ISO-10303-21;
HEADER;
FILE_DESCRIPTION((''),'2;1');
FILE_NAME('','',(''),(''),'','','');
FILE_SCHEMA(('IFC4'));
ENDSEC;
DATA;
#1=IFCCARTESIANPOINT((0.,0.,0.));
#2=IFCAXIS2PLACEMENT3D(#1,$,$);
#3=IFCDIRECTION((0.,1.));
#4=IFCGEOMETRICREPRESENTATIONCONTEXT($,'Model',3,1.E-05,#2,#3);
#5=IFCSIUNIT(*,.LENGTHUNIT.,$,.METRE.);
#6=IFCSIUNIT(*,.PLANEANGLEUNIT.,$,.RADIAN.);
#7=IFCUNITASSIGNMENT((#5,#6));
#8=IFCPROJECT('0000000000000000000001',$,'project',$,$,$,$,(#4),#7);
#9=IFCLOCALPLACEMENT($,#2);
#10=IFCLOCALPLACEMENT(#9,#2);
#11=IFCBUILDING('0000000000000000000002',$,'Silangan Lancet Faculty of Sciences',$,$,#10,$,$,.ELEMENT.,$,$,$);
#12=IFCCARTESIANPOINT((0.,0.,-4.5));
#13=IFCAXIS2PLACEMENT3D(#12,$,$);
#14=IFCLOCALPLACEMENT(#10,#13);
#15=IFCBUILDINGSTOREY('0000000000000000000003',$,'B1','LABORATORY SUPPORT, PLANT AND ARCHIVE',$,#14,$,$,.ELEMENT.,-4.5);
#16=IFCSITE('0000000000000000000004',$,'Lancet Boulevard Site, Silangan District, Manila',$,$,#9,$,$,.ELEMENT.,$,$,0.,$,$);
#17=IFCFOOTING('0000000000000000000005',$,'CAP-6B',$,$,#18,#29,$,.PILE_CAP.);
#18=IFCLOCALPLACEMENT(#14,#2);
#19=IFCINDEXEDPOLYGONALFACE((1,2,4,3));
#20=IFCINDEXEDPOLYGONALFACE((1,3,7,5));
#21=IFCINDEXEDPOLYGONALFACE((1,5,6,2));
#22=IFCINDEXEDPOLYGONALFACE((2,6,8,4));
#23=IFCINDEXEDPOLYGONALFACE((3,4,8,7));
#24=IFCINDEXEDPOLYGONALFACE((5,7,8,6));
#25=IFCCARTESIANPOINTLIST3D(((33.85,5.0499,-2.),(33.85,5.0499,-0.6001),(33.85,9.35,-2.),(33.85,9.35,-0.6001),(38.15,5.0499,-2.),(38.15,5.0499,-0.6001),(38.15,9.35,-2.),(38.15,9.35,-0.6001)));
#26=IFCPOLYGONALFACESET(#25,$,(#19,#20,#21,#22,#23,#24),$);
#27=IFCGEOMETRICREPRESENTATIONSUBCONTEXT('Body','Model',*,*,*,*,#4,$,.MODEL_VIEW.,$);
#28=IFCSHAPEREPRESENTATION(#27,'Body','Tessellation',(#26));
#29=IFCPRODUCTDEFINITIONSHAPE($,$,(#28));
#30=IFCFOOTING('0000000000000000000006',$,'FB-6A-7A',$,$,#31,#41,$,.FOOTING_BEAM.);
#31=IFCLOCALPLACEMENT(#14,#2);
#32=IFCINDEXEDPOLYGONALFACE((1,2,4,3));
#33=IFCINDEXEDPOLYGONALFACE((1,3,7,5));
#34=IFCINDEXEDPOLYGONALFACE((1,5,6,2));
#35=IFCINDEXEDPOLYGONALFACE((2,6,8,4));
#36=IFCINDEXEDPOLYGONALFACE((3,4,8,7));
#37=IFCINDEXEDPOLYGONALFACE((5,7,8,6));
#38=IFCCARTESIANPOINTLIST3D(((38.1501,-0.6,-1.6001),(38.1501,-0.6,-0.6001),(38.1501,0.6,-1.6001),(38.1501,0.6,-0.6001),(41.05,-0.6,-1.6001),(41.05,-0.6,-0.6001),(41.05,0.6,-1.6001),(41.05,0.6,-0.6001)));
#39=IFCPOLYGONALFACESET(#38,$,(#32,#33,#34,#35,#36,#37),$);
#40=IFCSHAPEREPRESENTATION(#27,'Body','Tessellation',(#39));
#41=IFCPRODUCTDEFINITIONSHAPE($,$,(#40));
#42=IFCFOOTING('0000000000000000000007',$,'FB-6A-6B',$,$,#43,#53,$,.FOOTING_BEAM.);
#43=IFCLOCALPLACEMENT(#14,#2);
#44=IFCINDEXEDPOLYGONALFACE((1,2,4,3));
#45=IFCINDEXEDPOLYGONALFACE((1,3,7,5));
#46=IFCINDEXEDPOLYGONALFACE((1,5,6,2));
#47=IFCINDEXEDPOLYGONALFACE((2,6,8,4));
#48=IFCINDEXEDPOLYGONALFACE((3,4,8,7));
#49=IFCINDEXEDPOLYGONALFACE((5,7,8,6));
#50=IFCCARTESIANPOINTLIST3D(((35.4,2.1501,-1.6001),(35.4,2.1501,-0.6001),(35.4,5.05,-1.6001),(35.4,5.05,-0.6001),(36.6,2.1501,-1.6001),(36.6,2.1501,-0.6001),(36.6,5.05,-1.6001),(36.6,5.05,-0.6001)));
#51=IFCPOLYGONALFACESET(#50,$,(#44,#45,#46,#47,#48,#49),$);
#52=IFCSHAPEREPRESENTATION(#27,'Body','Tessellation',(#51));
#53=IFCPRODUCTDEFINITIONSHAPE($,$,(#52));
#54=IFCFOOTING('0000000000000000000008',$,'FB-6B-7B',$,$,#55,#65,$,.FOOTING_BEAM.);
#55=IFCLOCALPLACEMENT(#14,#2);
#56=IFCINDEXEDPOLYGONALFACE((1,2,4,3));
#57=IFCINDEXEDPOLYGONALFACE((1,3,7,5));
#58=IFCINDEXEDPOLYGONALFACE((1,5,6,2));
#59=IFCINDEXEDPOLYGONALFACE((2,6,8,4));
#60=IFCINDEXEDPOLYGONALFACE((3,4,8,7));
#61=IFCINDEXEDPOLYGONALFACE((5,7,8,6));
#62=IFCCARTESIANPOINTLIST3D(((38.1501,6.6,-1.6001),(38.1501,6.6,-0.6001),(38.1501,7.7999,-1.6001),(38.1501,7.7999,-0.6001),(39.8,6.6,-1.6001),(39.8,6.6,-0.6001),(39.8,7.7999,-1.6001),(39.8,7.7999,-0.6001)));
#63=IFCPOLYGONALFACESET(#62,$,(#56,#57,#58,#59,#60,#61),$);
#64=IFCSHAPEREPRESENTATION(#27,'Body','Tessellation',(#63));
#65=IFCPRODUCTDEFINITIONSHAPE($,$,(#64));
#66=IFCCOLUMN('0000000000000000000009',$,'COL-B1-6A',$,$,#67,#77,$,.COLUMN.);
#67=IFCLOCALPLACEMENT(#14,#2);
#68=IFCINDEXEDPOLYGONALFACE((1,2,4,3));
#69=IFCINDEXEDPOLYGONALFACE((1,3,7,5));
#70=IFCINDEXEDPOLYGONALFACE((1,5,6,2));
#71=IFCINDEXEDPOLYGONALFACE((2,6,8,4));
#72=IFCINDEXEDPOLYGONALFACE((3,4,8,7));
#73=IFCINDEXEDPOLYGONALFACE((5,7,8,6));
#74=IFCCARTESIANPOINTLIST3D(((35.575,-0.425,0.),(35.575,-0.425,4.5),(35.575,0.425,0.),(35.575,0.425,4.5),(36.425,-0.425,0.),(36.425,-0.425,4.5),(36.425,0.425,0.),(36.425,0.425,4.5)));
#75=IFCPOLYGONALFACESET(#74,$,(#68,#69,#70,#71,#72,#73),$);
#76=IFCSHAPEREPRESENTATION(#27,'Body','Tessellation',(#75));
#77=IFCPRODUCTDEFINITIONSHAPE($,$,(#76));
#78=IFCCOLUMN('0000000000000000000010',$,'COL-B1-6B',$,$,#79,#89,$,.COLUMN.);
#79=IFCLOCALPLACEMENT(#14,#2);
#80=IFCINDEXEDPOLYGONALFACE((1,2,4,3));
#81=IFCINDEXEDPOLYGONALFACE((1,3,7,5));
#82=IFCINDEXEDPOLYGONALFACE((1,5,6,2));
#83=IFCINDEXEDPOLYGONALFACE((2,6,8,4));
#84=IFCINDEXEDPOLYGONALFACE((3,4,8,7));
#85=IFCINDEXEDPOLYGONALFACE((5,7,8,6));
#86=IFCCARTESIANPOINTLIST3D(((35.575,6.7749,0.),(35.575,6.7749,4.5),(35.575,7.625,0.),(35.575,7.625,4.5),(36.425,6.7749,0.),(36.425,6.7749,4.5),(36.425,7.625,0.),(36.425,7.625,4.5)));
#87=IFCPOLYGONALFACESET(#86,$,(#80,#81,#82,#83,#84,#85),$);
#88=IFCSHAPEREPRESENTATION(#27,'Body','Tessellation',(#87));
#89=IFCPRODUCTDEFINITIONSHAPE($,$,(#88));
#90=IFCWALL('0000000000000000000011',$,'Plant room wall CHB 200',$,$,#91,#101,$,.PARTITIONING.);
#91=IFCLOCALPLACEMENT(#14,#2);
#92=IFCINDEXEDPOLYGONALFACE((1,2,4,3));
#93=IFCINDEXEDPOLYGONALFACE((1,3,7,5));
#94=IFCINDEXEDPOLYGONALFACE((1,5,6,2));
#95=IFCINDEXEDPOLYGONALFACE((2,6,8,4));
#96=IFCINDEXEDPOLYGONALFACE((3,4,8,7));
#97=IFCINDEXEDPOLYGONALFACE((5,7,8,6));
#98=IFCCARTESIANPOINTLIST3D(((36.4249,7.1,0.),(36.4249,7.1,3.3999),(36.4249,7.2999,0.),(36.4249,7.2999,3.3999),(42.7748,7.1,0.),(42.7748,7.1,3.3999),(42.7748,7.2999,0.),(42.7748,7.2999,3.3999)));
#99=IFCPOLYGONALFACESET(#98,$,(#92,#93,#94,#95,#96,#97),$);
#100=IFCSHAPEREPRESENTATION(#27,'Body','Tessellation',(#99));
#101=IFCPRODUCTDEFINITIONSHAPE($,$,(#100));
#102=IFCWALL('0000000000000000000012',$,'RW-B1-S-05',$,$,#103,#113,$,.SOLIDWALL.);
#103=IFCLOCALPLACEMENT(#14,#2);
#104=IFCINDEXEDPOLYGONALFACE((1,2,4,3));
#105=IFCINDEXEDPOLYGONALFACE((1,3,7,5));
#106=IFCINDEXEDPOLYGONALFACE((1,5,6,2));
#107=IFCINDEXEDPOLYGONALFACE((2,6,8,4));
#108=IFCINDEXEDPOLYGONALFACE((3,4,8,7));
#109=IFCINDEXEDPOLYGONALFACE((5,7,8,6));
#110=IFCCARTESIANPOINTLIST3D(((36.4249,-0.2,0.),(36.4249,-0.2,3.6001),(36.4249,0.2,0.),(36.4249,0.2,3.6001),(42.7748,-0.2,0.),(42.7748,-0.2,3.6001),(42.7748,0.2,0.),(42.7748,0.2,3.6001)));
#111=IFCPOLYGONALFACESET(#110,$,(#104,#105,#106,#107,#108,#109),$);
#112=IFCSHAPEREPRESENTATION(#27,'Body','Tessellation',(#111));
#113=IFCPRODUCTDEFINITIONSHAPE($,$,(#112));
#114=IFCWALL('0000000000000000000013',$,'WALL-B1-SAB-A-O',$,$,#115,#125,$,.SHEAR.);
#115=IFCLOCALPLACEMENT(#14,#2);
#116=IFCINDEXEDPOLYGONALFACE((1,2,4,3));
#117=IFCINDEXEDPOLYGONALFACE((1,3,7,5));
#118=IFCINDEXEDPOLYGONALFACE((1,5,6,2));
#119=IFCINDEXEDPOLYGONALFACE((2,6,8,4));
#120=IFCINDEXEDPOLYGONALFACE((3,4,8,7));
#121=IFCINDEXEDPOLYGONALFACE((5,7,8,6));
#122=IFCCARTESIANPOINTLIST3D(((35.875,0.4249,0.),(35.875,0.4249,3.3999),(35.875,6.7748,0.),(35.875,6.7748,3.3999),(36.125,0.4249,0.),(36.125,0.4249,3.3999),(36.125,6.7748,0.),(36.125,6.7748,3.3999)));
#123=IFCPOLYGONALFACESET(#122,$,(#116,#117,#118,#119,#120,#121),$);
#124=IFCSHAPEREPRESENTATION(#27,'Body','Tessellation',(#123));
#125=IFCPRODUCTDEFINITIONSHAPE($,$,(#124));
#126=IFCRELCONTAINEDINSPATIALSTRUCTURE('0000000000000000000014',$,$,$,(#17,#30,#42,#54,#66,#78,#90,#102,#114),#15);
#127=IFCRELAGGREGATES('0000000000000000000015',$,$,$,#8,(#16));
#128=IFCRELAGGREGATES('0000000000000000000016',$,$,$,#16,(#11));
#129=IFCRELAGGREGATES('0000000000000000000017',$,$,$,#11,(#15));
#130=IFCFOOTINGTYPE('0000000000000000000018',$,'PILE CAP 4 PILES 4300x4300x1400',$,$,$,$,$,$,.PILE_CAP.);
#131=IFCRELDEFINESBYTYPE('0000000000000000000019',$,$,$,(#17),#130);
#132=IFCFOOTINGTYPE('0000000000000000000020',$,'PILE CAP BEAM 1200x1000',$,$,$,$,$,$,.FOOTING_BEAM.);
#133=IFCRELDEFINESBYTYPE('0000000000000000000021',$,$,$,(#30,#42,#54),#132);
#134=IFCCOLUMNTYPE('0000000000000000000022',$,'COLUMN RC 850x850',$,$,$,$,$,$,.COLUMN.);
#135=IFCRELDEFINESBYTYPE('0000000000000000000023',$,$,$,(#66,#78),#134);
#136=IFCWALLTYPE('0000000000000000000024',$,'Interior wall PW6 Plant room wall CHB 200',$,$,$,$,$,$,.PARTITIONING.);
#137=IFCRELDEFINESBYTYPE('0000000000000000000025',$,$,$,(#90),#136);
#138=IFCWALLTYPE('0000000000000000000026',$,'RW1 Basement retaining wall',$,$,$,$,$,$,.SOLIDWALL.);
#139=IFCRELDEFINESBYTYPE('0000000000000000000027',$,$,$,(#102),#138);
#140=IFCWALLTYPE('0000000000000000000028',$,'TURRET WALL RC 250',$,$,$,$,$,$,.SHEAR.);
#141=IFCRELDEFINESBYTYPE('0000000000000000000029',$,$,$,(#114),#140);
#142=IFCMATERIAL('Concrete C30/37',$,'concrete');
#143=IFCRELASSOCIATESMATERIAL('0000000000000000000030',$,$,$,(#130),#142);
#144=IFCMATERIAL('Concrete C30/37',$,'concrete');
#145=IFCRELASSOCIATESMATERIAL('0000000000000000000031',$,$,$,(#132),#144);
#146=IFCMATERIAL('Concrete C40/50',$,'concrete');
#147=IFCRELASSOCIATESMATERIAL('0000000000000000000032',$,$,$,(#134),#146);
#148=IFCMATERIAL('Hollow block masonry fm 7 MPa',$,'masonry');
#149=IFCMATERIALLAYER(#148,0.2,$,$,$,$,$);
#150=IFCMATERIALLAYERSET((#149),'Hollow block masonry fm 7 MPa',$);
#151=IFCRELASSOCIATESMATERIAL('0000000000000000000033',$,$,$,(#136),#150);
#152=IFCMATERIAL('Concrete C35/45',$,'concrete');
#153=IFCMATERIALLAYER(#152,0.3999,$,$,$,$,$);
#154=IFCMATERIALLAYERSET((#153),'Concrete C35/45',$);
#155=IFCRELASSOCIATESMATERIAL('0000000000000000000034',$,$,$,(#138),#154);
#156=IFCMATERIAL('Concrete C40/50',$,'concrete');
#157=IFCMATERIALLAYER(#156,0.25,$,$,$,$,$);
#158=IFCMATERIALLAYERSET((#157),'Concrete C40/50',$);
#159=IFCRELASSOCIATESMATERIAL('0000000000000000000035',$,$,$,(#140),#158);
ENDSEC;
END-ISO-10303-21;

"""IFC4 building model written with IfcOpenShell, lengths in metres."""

from ifc_helpers import new_model, si_unit, direction, frame, frame_2d, origin, origin_2d, place, context, subcontext, project, spatial, rectangle, extrude, material, layer, layer_set, material_profile, profile_set, type_object, element, save


model = new_model("IFC4")

# Units and contexts
model_context = context("Model", 3, precision=1e-05, world=origin(), true_north=direction((0.0, 1.0)))
body_context = subcontext(model_context, "Body", "Model", "MODEL_VIEW")
ifc_project = project(units=[si_unit("LENGTHUNIT", "METRE"), si_unit("PLANEANGLEUNIT", "RADIAN")], contexts=[model_context])

# Site, building, storey
site_placement = place(None, origin())
site = spatial("IfcSite", under=ifc_project, at=site_placement, Name="Lancet Boulevard Site, Silangan District, Manila", CompositionType="ELEMENT", RefElevation=0.0)
building_placement = place(site_placement, origin())
building = spatial("IfcBuilding", under=site, at=building_placement, Name="Silangan Lancet Faculty of Sciences", CompositionType="ELEMENT")
storey_placement = place(building_placement, frame((0.0, 0.0, -4.5)))
storey = spatial("IfcBuildingStorey", under=building, at=storey_placement, Name="B1", Description="LABORATORY SUPPORT, PLANT AND ARCHIVE", CompositionType="ELEMENT", Elevation=-4.5)

# Footings
ifc_material_1 = material(Name="Concrete C30/37", Category="concrete")
footing_type_1 = type_object("IfcFootingType", Name="PILE CAP 4 PILES 4300x4300x1400", PredefinedType="PILE_CAP", material=ifc_material_1)
for number, where, z_axis, x_axis, name in (
    (1, (36.0, 7.2, -2.0), (0.0, 0.0, 1.0), (1.0, 0.0, 0.0), "CAP-6B"),
):
    element("IfcFooting", number, at=place(storey_placement, frame(where, z_axis=z_axis, x_axis=x_axis)), inside=storey, type_object=footing_type_1, Name=name, PredefinedType="PILE_CAP", context=body_context, shape_type="SweptSolid", body=[
        extrude(rectangle(XDim=4.3, YDim=4.3, at=origin_2d()), origin(), (0.0, 0.0, 1.0), 1.3999),
    ])
ifc_material_2 = material(Name="Concrete C30/37", Category="concrete")
footing_type_2 = type_object("IfcFootingType", Name="PILE CAP BEAM 1200x1000", PredefinedType="FOOTING_BEAM", material=ifc_material_2)
for number, where, z_axis, x_axis, name in (
    (2, (39.6001, 0.0, -1.6001), (0.0, 0.0, 1.0), (1.0, 0.0, 0.0), "FB-6A-7A"),
    (3, (36.0, 3.6001, -1.6001), (0.0, 0.0, 1.0), (0.0, 1.0, 0.0), "FB-6A-6B"),
):
    element("IfcFooting", number, at=place(storey_placement, frame(where, z_axis=z_axis, x_axis=x_axis)), inside=storey, type_object=footing_type_2, Name=name, PredefinedType="FOOTING_BEAM", context=body_context, shape_type="SweptSolid", body=[
        extrude(rectangle(XDim=2.8999, YDim=1.2, at=origin_2d()), origin(), (0.0, 0.0, 1.0), 1.0),
    ])
footing_placement = place(storey_placement, frame((38.9751, 7.2, -1.6001), z_axis=(0.0, 0.0, 1.0), x_axis=(1.0, 0.0, 0.0)))
element("IfcFooting", 4, at=footing_placement, inside=storey, type_object=footing_type_2, Name="FB-6B-7B", PredefinedType="FOOTING_BEAM", context=body_context, shape_type="SweptSolid", body=[
    extrude(rectangle(XDim=1.6499, YDim=1.2, at=origin_2d()), origin(), (0.0, 0.0, 1.0), 1.0),
])

# Columns
ifc_material_3 = material(Name="Concrete C40/50", Category="concrete")
ifc_material_profile_1 = material_profile(ifc_material_3, rectangle(XDim=0.8501, YDim=0.8501, at=origin_2d()), Name="RC 850x850")
ifc_profile_set_1 = profile_set([ifc_material_profile_1], Name="Concrete C40/50")
column_type = type_object("IfcColumnType", Name="COLUMN RC 850x850", PredefinedType="COLUMN", material=ifc_profile_set_1)
for number, where, z_axis, x_axis, name in (
    (5, (36.0, 0.0, 0.0), (0.0, 0.0, 1.0), (1.0, 0.0, 0.0), "COL-B1-6A"),
    (6, (36.0, 7.2, 0.0), (0.0, 0.0, 1.0), (1.0, 0.0, 0.0), "COL-B1-6B"),
):
    element("IfcColumn", number, at=place(storey_placement, frame(where, z_axis=z_axis, x_axis=x_axis)), inside=storey, type_object=column_type, Name=name, PredefinedType="COLUMN", context=body_context, shape_type="SweptSolid", body=[
        extrude(rectangle(XDim=0.8501, YDim=0.8501, at=origin_2d()), origin(), (0.0, 0.0, 1.0), 4.5),
    ])

# Walls
ifc_material_4 = material(Name="Hollow block masonry fm 7 MPa", Category="masonry")
ifc_layer_1 = layer(ifc_material_4, 0.2)
ifc_layer_set_1 = layer_set([ifc_layer_1], Name="Hollow block masonry fm 7 MPa")
wall_type_1 = type_object("IfcWallType", Name="Interior wall PW6 Plant room wall CHB 200", PredefinedType="PARTITIONING", material=ifc_layer_set_1)
wall_1_placement = place(storey_placement, frame((36.425, 7.2, 0.0), z_axis=(0.0, 0.0, 1.0), x_axis=(1.0, 0.0, 0.0)))
element("IfcWall", 7, at=wall_1_placement, inside=storey, type_object=wall_type_1, Name="Plant room wall CHB 200", PredefinedType="PARTITIONING", context=body_context, shape_type="SweptSolid", body=[
    extrude(rectangle(XDim=6.3499, YDim=0.2, at=frame_2d((3.1748, 0.0))), origin(), (0.0, 0.0, 1.0), 3.3999),
])
ifc_material_5 = material(Name="Concrete C35/45", Category="concrete")
ifc_layer_2 = layer(ifc_material_5, 0.3999)
ifc_layer_set_2 = layer_set([ifc_layer_2], Name="Concrete C35/45")
wall_type_2 = type_object("IfcWallType", Name="RW1 Basement retaining wall", PredefinedType="SOLIDWALL", material=ifc_layer_set_2)
wall_2_placement = place(storey_placement, frame((36.425, 0.0, 0.0), z_axis=(0.0, 0.0, 1.0), x_axis=(1.0, 0.0, 0.0)))
element("IfcWall", 8, at=wall_2_placement, inside=storey, type_object=wall_type_2, Name="RW-B1-S-05", PredefinedType="SOLIDWALL", context=body_context, shape_type="SweptSolid", body=[
    extrude(rectangle(XDim=6.3499, YDim=0.3999, at=frame_2d((3.1748, 0.0))), origin(), (0.0, 0.0, 1.0), 3.6001),
])
ifc_material_6 = material(Name="Concrete C40/50", Category="concrete")
ifc_layer_3 = layer(ifc_material_6, 0.25)
ifc_layer_set_3 = layer_set([ifc_layer_3], Name="Concrete C40/50")
wall_type_3 = type_object("IfcWallType", Name="TURRET WALL RC 250", PredefinedType="SHEAR", material=ifc_layer_set_3)
wall_3_placement = place(storey_placement, frame((36.0, 0.425, 0.0), z_axis=(0.0, 0.0, 1.0), x_axis=(0.0, 1.0, 0.0)))
element("IfcWall", 9, at=wall_3_placement, inside=storey, type_object=wall_type_3, Name="WALL-B1-SAB-A-O", PredefinedType="SHEAR", context=body_context, shape_type="SweptSolid", body=[
    extrude(rectangle(XDim=6.3499, YDim=0.25, at=frame_2d((3.1748, 0.0))), origin(), (0.0, 0.0, 1.0), 3.3999),
])

save(model, "model.ifc")
